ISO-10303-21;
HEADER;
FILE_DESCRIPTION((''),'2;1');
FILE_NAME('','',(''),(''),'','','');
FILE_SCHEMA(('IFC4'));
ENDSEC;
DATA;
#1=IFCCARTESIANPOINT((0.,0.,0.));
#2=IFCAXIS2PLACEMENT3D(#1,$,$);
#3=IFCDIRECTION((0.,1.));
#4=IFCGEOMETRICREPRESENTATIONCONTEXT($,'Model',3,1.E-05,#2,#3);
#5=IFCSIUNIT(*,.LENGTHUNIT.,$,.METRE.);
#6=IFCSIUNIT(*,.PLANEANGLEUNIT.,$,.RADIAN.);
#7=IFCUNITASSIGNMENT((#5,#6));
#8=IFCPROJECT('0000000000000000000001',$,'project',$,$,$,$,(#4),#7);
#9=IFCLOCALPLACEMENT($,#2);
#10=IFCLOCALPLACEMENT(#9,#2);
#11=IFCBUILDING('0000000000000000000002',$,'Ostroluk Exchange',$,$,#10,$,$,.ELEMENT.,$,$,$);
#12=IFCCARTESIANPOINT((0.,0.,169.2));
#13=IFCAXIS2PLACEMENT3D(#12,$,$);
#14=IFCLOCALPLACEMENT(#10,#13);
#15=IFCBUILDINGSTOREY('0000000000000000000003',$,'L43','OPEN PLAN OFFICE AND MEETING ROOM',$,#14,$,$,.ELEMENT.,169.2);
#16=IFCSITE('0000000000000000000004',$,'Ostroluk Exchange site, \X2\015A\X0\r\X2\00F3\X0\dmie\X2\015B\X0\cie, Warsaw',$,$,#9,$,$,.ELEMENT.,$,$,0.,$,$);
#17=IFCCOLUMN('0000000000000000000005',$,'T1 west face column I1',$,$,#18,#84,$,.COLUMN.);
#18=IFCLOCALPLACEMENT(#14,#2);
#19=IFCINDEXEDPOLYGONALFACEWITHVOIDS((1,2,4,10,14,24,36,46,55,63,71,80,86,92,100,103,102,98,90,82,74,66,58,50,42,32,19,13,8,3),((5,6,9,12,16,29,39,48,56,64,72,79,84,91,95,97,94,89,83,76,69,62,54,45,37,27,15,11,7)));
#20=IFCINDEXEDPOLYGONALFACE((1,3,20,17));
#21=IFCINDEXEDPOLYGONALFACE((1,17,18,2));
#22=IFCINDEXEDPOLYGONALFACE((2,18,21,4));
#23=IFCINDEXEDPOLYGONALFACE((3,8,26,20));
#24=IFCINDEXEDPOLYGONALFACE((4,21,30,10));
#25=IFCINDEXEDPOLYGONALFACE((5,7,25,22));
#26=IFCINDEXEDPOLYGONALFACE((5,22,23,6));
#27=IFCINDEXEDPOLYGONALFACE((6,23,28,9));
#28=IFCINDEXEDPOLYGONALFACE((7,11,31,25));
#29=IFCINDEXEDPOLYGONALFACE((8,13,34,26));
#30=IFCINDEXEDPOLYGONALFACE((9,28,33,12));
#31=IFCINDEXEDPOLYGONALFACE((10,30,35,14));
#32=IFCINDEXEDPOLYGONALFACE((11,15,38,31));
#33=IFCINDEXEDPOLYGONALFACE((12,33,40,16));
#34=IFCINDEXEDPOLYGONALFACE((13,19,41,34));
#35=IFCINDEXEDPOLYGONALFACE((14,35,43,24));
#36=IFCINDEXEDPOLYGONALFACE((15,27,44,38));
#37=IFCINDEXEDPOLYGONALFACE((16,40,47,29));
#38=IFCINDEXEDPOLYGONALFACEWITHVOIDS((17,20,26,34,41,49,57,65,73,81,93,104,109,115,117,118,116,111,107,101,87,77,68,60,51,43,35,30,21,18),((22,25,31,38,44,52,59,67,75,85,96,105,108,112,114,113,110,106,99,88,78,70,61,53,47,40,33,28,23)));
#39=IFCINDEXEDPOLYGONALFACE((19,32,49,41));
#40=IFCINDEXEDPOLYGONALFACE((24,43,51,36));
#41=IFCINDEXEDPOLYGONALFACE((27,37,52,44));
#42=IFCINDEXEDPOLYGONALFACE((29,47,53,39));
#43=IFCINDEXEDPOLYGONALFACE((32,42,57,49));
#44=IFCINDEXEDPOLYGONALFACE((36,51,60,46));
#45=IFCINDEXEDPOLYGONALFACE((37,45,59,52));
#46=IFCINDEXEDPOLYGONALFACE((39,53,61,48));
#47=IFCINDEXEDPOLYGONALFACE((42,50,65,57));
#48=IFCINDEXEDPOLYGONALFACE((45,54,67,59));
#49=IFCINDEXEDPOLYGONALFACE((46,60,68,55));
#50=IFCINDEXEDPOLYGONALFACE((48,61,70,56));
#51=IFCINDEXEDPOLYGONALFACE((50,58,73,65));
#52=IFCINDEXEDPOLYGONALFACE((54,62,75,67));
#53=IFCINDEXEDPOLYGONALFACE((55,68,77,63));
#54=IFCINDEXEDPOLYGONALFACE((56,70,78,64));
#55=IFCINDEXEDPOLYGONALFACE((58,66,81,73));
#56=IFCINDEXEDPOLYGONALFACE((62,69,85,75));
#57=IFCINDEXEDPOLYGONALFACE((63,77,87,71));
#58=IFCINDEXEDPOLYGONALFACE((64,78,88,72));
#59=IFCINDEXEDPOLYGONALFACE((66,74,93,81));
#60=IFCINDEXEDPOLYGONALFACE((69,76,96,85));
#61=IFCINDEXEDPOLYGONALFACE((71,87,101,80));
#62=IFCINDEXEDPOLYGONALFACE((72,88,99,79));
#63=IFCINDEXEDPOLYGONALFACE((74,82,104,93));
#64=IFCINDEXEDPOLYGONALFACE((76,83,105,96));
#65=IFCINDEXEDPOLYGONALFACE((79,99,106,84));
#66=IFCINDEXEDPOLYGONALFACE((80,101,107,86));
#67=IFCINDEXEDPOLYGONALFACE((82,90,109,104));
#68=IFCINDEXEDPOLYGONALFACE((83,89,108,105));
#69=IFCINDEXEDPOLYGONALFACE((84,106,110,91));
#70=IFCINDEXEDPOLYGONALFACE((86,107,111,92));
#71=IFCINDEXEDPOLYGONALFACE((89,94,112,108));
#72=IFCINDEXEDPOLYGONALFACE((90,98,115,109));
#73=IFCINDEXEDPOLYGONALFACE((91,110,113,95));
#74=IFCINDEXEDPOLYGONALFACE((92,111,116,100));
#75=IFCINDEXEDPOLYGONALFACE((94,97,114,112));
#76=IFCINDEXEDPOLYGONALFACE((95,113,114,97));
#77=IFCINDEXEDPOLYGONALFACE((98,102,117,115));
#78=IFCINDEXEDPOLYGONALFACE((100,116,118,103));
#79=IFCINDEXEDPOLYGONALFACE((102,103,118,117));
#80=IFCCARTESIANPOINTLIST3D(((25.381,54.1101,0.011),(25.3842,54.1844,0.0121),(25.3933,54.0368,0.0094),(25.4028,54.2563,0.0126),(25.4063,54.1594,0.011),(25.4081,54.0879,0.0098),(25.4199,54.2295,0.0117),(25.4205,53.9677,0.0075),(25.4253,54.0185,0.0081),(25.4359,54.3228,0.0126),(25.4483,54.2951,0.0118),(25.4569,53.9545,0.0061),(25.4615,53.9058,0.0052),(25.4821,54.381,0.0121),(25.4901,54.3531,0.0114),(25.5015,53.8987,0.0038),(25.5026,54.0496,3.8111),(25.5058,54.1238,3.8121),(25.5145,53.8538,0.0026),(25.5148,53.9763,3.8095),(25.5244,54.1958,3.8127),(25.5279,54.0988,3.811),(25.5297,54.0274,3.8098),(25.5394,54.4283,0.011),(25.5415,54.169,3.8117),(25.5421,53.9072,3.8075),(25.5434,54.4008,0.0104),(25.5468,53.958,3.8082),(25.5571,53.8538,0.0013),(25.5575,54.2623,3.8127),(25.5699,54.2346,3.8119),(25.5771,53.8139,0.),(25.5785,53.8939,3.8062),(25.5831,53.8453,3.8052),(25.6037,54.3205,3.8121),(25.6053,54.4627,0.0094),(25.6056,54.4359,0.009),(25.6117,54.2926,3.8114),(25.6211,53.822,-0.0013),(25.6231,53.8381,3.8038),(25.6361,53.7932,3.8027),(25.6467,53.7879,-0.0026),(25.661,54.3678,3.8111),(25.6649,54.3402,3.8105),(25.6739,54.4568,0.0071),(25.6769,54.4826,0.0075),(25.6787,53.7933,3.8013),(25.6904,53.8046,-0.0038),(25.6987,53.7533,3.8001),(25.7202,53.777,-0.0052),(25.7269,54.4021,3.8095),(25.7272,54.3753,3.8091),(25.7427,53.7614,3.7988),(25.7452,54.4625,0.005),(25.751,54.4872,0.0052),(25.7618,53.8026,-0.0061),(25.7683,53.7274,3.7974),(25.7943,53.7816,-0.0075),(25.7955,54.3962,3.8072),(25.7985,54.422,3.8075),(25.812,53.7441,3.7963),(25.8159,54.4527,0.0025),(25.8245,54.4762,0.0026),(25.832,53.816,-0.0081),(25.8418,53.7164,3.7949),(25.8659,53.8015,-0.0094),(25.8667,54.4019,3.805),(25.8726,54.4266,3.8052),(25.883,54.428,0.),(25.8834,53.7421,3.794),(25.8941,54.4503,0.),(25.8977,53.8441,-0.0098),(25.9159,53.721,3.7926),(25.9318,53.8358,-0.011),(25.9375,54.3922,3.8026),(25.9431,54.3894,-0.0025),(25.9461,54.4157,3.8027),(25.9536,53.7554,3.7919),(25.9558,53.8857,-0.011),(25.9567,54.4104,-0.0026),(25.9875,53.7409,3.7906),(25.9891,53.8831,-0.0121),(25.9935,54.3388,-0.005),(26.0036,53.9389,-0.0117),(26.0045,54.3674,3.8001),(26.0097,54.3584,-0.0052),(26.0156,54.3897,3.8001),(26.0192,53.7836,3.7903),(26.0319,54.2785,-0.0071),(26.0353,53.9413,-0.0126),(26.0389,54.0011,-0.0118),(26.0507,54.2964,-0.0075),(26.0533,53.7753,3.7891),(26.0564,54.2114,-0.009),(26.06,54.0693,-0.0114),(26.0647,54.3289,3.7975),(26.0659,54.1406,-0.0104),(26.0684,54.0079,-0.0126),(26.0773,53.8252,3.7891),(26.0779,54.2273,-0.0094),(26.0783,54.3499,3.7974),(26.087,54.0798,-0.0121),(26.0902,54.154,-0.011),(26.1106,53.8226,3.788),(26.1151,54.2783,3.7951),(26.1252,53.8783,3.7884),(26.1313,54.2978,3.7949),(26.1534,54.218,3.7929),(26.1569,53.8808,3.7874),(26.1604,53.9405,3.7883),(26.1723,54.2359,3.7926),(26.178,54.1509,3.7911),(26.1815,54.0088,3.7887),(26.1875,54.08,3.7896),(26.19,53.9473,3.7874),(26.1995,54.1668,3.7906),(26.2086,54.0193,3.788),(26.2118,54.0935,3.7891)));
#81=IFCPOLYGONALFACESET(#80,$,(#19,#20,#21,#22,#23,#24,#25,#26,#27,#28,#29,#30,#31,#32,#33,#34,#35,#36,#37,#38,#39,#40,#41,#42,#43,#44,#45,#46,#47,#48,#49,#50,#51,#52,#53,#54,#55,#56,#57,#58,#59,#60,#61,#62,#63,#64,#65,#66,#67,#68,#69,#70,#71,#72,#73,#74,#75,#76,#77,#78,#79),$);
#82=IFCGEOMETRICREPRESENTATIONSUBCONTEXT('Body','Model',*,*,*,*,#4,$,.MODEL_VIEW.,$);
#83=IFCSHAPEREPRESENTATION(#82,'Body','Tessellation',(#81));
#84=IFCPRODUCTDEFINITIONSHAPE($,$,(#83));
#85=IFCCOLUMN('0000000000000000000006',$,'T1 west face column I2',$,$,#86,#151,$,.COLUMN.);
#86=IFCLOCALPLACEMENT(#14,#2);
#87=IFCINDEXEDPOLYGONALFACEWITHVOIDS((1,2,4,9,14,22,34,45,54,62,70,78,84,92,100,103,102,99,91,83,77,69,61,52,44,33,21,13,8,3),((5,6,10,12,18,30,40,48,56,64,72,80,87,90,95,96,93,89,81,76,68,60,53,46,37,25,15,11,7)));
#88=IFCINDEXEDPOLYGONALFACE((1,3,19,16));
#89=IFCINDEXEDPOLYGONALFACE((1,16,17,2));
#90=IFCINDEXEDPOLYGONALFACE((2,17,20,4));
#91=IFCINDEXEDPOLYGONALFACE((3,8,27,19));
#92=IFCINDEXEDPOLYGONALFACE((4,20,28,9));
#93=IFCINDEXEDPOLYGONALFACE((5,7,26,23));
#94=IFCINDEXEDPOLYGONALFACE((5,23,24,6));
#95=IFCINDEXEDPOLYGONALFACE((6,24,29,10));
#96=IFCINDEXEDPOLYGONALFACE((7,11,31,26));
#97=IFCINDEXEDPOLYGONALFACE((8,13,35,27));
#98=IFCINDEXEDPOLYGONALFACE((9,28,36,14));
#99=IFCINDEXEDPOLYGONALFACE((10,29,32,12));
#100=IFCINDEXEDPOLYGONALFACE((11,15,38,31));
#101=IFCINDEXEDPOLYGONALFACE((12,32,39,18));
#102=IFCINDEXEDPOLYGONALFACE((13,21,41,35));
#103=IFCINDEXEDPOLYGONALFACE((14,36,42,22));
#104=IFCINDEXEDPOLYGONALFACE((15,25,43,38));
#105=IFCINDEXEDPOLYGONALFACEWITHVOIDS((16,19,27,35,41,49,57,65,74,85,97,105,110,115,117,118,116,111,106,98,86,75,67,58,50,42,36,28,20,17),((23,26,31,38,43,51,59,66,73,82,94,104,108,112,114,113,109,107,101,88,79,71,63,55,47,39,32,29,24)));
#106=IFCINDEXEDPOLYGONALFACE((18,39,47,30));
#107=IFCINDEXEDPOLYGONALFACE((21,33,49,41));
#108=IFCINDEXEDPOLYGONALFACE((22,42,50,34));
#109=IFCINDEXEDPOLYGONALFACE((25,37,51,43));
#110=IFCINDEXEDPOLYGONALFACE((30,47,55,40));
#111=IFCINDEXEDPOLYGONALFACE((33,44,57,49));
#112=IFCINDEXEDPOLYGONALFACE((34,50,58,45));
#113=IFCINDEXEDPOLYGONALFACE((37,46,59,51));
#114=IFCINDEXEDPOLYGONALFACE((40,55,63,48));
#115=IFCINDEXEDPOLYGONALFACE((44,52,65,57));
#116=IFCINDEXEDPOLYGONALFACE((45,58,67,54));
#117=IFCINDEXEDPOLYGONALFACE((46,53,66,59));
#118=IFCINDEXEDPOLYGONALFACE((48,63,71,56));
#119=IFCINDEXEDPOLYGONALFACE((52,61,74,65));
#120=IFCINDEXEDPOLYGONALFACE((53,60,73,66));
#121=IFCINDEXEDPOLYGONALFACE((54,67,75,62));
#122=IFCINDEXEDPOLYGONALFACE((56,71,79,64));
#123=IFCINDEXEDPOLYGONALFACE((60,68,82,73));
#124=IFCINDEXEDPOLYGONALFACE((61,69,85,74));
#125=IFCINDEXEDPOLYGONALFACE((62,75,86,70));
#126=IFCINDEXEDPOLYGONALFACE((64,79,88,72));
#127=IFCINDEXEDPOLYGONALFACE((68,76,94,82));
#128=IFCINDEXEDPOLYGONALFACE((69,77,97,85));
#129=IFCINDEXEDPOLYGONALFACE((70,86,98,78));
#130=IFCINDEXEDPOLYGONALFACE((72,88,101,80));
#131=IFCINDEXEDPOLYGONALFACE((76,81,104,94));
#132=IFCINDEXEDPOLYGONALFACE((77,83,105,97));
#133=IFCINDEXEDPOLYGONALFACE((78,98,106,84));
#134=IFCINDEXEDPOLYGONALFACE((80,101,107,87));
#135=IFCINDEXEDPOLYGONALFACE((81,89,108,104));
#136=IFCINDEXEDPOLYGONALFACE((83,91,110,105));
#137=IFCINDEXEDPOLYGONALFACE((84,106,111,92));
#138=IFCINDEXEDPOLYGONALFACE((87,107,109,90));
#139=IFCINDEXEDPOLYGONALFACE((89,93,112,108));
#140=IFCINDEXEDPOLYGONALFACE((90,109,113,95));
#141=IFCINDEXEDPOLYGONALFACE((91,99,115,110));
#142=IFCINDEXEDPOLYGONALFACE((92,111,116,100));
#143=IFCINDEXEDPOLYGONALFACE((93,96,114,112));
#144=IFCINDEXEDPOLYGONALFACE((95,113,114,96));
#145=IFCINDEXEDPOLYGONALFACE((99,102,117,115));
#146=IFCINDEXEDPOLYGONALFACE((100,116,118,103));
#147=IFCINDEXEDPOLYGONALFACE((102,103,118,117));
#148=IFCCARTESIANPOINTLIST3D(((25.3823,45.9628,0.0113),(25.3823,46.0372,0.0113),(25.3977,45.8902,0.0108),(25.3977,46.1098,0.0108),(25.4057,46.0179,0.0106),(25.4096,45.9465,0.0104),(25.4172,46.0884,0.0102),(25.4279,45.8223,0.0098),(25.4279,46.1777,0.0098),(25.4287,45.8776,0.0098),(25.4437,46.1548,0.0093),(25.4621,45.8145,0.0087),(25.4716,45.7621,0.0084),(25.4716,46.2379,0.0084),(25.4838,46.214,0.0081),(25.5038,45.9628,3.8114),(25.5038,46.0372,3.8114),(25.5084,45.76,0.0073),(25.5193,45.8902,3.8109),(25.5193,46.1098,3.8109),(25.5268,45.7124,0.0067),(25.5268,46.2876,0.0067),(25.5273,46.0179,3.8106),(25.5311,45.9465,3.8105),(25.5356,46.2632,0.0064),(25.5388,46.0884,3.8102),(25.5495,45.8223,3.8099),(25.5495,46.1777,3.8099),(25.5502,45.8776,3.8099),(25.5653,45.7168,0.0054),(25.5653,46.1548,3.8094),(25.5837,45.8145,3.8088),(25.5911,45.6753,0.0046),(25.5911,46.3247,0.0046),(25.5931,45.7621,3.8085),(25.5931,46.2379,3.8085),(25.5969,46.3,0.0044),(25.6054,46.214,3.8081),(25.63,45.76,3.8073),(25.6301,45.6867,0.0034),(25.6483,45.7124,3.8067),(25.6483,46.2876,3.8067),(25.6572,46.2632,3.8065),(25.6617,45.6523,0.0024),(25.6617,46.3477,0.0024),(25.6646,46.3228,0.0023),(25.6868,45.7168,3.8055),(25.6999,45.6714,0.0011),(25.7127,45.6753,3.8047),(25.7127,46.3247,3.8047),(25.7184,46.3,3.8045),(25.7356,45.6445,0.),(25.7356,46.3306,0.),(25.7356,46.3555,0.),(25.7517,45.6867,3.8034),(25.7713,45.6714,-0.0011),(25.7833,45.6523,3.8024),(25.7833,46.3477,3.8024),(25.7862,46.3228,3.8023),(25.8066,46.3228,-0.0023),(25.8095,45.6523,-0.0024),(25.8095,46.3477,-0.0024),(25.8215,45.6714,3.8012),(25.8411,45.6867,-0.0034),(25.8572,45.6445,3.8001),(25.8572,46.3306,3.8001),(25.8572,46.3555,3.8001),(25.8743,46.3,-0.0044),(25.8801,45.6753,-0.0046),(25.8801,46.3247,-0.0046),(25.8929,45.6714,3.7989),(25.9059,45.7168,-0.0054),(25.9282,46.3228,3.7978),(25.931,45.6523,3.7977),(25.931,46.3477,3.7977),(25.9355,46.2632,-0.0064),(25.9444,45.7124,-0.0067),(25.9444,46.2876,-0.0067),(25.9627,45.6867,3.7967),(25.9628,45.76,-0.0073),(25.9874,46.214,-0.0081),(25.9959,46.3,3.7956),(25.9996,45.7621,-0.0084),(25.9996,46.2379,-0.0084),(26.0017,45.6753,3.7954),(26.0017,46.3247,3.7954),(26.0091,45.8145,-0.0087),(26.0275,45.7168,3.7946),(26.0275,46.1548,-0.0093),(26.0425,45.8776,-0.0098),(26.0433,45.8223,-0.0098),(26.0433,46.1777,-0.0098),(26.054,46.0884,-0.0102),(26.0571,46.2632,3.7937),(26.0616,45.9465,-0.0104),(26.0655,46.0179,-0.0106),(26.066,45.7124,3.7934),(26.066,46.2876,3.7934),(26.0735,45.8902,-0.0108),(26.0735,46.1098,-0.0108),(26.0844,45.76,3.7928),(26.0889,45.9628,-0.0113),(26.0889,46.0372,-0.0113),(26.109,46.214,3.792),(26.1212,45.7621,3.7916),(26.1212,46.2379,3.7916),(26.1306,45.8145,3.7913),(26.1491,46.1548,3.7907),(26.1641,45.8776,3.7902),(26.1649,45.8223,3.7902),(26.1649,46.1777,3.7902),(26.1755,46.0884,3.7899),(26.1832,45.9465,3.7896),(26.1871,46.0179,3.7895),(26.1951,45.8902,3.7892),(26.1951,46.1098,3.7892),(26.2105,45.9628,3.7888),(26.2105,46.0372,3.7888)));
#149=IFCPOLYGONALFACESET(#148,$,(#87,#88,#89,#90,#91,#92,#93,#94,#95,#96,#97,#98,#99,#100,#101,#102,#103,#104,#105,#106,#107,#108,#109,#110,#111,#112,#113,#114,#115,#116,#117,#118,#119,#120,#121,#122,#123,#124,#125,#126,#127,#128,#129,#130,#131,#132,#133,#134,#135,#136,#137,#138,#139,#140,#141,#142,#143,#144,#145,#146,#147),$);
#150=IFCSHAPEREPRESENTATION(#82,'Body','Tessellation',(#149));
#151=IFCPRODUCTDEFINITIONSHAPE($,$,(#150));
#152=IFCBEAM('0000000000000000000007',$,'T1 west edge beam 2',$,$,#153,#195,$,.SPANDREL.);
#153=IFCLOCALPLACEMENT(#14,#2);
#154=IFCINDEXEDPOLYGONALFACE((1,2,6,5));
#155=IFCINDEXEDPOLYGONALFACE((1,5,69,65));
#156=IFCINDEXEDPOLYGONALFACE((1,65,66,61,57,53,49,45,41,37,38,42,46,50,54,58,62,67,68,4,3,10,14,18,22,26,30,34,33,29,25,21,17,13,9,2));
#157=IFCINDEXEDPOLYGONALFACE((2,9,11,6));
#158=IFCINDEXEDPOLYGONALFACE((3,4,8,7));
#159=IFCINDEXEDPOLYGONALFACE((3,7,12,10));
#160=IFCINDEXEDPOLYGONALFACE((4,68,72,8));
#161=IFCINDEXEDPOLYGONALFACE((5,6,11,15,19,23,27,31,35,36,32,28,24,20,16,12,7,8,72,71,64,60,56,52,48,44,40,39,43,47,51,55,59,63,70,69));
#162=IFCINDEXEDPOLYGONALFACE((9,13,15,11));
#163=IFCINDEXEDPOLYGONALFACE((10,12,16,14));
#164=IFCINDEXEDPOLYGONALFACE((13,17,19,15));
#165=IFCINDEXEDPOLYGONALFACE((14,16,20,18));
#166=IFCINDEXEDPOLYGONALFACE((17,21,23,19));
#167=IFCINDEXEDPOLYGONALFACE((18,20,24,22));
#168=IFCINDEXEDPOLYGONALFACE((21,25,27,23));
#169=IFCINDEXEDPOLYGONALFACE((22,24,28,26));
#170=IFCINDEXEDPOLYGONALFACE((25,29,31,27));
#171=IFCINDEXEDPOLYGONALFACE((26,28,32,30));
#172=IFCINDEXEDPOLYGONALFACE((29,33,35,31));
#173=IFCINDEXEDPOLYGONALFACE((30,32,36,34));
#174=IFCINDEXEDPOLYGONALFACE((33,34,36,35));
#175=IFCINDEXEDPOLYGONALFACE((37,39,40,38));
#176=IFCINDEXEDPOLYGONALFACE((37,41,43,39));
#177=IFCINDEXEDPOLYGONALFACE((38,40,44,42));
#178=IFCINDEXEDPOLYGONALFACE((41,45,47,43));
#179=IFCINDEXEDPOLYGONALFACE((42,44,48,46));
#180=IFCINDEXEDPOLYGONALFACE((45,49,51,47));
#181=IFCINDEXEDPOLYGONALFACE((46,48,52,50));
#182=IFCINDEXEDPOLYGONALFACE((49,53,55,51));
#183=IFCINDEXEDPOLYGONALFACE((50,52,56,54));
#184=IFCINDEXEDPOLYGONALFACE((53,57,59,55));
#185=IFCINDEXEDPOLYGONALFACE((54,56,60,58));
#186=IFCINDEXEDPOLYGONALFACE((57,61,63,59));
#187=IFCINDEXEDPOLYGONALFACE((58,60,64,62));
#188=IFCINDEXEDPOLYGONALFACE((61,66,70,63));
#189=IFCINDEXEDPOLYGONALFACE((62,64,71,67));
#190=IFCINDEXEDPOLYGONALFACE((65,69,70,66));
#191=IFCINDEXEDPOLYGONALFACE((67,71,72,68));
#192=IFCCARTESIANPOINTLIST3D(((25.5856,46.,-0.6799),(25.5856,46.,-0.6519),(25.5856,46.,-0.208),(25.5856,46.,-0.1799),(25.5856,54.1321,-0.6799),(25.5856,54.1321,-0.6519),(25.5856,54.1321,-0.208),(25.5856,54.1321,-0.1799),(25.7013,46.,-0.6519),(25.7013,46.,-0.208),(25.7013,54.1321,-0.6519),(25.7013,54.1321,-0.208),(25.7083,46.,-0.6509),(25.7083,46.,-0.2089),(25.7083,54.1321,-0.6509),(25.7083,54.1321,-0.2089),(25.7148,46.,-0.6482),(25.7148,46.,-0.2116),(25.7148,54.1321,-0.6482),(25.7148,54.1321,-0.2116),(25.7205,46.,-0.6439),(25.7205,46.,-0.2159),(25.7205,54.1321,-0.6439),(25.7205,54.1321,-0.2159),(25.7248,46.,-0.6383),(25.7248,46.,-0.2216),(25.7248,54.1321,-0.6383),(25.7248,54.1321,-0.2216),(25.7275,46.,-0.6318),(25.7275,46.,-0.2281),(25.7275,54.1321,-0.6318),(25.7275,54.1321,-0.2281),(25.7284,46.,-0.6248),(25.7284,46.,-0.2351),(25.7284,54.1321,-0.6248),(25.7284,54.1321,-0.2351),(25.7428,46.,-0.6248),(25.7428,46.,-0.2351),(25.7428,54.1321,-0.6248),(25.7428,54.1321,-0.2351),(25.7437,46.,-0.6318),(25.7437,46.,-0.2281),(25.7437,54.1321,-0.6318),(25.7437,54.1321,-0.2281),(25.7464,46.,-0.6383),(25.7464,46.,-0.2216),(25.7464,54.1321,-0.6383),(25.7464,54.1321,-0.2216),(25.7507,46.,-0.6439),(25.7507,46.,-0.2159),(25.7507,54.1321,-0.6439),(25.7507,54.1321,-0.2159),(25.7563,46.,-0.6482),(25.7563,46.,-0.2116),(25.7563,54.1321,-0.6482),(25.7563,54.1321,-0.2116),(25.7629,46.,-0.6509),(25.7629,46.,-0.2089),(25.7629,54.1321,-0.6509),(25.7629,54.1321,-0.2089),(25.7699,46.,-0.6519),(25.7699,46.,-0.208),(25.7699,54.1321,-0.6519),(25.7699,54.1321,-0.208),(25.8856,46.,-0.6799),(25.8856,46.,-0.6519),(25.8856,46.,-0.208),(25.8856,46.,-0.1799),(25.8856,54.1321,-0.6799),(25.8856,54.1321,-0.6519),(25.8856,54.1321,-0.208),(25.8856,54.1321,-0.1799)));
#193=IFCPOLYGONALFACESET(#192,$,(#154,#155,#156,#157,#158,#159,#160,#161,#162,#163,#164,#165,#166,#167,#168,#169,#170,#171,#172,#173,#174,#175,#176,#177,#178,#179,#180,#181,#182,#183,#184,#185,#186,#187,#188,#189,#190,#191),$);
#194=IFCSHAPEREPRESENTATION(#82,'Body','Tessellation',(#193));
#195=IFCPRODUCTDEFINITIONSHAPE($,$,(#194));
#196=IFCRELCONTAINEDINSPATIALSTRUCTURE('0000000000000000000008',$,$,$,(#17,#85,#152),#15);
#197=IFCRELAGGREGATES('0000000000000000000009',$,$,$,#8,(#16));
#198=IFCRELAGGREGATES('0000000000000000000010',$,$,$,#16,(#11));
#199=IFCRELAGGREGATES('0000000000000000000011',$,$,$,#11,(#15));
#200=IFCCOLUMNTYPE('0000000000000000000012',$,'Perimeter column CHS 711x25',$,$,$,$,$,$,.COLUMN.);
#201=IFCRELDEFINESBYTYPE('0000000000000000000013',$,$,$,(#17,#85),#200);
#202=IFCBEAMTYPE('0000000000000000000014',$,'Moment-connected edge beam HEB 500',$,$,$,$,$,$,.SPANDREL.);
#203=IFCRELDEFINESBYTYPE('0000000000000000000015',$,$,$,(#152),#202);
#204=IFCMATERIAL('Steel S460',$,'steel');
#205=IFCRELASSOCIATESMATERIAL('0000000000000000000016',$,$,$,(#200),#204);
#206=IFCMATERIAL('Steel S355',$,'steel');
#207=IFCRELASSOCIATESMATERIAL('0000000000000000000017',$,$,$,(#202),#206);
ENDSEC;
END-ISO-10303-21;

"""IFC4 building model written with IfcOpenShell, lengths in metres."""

from ifc_helpers import new_model, si_unit, direction, frame, origin, origin_2d, place, context, subcontext, project, spatial, hollow_circle, i_section, extrude, material, material_profile, profile_set, type_object, element, save


model = new_model("IFC4")

# Units and contexts
model_context = context("Model", 3, precision=1e-05, world=origin(), true_north=direction((0.0, 1.0)))
body_context = subcontext(model_context, "Body", "Model", "MODEL_VIEW")
ifc_project = project(units=[si_unit("LENGTHUNIT", "METRE"), si_unit("PLANEANGLEUNIT", "RADIAN")], contexts=[model_context])

# Site, building, storey
site_placement = place(None, origin())
site = spatial("IfcSite", under=ifc_project, at=site_placement, Name="Ostroluk Exchange site, Śródmieście, Warsaw", CompositionType="ELEMENT", RefElevation=0.0)
building_placement = place(site_placement, origin())
building = spatial("IfcBuilding", under=site, at=building_placement, Name="Ostroluk Exchange", CompositionType="ELEMENT")
storey_placement = place(building_placement, frame((0.0, 0.0, 169.2)))
storey = spatial("IfcBuildingStorey", under=building, at=storey_placement, Name="L43", Description="OPEN PLAN OFFICE AND MEETING ROOM", CompositionType="ELEMENT", Elevation=169.2)

# Columns
ifc_material_1 = material(Name="Steel S460", Category="steel")
ifc_material_profile_1 = material_profile(ifc_material_1, hollow_circle(Radius=0.3555, WallThickness=0.0249, at=origin_2d()), Name="CHS 711x25")
ifc_profile_set_1 = profile_set([ifc_material_profile_1], Name="Steel S460")
column_type = type_object("IfcColumnType", Name="Perimeter column CHS 711x25", PredefinedType="COLUMN", material=ifc_profile_set_1)
column_1_placement = place(storey_placement, frame((25.7356, 54.1321, 0.0), z_axis=(0.031974, -0.015923, 0.999362), x_axis=(0.445775, 0.895145, 0.0)))
element("IfcColumn", 1, at=column_1_placement, inside=storey, type_object=column_type, Name="T1 west face column I1", PredefinedType="COLUMN", context=body_context, shape_type="SweptSolid", body=[
    extrude(hollow_circle(Radius=0.3555, WallThickness=0.0249, at=origin_2d()), origin(), (0.0, 0.0, 1.0), 3.8025),
])
column_2_placement = place(storey_placement, frame((25.7356, 46.0, 0.0), z_axis=(0.031978, 0.0, 0.999489), x_axis=(0.0, 1.0, 0.0)))
element("IfcColumn", 2, at=column_2_placement, inside=storey, type_object=column_type, Name="T1 west face column I2", PredefinedType="COLUMN", context=body_context, shape_type="SweptSolid", body=[
    extrude(hollow_circle(Radius=0.3555, WallThickness=0.0249, at=origin_2d()), origin(), (0.0, 0.0, 1.0), 3.802),
])

# Beam
ifc_material_2 = material(Name="Steel S355", Category="steel")
ifc_material_profile_2 = material_profile(ifc_material_2, i_section(OverallWidth=0.3, OverallDepth=0.5, WebThickness=0.0144, FlangeThickness=0.0281, FilletRadius=0.0271, at=origin_2d()), Name="HEB 500")
ifc_profile_set_2 = profile_set([ifc_material_profile_2], Name="Steel S355")
beam_type = type_object("IfcBeamType", Name="Moment-connected edge beam HEB 500", PredefinedType="SPANDREL", material=ifc_profile_set_2)
for number, where, z_axis, x_axis, name in (
    (3, (25.7356, 54.1321, -0.4299), (0.0, -1.0, 0.0), (1.0, 0.0, 0.0), "T1 west edge beam 2"),
):
    element("IfcBeam", number, at=place(storey_placement, frame(where, z_axis=z_axis, x_axis=x_axis)), inside=storey, type_object=beam_type, Name=name, PredefinedType="SPANDREL", context=body_context, shape_type="SweptSolid", body=[
        extrude(i_section(OverallWidth=0.3, OverallDepth=0.5, WebThickness=0.0144, FlangeThickness=0.0281, FilletRadius=0.0271, at=origin_2d()), origin(), (0.0, 0.0, 1.0), 8.1321),
    ])

save(model, "model.ifc")
